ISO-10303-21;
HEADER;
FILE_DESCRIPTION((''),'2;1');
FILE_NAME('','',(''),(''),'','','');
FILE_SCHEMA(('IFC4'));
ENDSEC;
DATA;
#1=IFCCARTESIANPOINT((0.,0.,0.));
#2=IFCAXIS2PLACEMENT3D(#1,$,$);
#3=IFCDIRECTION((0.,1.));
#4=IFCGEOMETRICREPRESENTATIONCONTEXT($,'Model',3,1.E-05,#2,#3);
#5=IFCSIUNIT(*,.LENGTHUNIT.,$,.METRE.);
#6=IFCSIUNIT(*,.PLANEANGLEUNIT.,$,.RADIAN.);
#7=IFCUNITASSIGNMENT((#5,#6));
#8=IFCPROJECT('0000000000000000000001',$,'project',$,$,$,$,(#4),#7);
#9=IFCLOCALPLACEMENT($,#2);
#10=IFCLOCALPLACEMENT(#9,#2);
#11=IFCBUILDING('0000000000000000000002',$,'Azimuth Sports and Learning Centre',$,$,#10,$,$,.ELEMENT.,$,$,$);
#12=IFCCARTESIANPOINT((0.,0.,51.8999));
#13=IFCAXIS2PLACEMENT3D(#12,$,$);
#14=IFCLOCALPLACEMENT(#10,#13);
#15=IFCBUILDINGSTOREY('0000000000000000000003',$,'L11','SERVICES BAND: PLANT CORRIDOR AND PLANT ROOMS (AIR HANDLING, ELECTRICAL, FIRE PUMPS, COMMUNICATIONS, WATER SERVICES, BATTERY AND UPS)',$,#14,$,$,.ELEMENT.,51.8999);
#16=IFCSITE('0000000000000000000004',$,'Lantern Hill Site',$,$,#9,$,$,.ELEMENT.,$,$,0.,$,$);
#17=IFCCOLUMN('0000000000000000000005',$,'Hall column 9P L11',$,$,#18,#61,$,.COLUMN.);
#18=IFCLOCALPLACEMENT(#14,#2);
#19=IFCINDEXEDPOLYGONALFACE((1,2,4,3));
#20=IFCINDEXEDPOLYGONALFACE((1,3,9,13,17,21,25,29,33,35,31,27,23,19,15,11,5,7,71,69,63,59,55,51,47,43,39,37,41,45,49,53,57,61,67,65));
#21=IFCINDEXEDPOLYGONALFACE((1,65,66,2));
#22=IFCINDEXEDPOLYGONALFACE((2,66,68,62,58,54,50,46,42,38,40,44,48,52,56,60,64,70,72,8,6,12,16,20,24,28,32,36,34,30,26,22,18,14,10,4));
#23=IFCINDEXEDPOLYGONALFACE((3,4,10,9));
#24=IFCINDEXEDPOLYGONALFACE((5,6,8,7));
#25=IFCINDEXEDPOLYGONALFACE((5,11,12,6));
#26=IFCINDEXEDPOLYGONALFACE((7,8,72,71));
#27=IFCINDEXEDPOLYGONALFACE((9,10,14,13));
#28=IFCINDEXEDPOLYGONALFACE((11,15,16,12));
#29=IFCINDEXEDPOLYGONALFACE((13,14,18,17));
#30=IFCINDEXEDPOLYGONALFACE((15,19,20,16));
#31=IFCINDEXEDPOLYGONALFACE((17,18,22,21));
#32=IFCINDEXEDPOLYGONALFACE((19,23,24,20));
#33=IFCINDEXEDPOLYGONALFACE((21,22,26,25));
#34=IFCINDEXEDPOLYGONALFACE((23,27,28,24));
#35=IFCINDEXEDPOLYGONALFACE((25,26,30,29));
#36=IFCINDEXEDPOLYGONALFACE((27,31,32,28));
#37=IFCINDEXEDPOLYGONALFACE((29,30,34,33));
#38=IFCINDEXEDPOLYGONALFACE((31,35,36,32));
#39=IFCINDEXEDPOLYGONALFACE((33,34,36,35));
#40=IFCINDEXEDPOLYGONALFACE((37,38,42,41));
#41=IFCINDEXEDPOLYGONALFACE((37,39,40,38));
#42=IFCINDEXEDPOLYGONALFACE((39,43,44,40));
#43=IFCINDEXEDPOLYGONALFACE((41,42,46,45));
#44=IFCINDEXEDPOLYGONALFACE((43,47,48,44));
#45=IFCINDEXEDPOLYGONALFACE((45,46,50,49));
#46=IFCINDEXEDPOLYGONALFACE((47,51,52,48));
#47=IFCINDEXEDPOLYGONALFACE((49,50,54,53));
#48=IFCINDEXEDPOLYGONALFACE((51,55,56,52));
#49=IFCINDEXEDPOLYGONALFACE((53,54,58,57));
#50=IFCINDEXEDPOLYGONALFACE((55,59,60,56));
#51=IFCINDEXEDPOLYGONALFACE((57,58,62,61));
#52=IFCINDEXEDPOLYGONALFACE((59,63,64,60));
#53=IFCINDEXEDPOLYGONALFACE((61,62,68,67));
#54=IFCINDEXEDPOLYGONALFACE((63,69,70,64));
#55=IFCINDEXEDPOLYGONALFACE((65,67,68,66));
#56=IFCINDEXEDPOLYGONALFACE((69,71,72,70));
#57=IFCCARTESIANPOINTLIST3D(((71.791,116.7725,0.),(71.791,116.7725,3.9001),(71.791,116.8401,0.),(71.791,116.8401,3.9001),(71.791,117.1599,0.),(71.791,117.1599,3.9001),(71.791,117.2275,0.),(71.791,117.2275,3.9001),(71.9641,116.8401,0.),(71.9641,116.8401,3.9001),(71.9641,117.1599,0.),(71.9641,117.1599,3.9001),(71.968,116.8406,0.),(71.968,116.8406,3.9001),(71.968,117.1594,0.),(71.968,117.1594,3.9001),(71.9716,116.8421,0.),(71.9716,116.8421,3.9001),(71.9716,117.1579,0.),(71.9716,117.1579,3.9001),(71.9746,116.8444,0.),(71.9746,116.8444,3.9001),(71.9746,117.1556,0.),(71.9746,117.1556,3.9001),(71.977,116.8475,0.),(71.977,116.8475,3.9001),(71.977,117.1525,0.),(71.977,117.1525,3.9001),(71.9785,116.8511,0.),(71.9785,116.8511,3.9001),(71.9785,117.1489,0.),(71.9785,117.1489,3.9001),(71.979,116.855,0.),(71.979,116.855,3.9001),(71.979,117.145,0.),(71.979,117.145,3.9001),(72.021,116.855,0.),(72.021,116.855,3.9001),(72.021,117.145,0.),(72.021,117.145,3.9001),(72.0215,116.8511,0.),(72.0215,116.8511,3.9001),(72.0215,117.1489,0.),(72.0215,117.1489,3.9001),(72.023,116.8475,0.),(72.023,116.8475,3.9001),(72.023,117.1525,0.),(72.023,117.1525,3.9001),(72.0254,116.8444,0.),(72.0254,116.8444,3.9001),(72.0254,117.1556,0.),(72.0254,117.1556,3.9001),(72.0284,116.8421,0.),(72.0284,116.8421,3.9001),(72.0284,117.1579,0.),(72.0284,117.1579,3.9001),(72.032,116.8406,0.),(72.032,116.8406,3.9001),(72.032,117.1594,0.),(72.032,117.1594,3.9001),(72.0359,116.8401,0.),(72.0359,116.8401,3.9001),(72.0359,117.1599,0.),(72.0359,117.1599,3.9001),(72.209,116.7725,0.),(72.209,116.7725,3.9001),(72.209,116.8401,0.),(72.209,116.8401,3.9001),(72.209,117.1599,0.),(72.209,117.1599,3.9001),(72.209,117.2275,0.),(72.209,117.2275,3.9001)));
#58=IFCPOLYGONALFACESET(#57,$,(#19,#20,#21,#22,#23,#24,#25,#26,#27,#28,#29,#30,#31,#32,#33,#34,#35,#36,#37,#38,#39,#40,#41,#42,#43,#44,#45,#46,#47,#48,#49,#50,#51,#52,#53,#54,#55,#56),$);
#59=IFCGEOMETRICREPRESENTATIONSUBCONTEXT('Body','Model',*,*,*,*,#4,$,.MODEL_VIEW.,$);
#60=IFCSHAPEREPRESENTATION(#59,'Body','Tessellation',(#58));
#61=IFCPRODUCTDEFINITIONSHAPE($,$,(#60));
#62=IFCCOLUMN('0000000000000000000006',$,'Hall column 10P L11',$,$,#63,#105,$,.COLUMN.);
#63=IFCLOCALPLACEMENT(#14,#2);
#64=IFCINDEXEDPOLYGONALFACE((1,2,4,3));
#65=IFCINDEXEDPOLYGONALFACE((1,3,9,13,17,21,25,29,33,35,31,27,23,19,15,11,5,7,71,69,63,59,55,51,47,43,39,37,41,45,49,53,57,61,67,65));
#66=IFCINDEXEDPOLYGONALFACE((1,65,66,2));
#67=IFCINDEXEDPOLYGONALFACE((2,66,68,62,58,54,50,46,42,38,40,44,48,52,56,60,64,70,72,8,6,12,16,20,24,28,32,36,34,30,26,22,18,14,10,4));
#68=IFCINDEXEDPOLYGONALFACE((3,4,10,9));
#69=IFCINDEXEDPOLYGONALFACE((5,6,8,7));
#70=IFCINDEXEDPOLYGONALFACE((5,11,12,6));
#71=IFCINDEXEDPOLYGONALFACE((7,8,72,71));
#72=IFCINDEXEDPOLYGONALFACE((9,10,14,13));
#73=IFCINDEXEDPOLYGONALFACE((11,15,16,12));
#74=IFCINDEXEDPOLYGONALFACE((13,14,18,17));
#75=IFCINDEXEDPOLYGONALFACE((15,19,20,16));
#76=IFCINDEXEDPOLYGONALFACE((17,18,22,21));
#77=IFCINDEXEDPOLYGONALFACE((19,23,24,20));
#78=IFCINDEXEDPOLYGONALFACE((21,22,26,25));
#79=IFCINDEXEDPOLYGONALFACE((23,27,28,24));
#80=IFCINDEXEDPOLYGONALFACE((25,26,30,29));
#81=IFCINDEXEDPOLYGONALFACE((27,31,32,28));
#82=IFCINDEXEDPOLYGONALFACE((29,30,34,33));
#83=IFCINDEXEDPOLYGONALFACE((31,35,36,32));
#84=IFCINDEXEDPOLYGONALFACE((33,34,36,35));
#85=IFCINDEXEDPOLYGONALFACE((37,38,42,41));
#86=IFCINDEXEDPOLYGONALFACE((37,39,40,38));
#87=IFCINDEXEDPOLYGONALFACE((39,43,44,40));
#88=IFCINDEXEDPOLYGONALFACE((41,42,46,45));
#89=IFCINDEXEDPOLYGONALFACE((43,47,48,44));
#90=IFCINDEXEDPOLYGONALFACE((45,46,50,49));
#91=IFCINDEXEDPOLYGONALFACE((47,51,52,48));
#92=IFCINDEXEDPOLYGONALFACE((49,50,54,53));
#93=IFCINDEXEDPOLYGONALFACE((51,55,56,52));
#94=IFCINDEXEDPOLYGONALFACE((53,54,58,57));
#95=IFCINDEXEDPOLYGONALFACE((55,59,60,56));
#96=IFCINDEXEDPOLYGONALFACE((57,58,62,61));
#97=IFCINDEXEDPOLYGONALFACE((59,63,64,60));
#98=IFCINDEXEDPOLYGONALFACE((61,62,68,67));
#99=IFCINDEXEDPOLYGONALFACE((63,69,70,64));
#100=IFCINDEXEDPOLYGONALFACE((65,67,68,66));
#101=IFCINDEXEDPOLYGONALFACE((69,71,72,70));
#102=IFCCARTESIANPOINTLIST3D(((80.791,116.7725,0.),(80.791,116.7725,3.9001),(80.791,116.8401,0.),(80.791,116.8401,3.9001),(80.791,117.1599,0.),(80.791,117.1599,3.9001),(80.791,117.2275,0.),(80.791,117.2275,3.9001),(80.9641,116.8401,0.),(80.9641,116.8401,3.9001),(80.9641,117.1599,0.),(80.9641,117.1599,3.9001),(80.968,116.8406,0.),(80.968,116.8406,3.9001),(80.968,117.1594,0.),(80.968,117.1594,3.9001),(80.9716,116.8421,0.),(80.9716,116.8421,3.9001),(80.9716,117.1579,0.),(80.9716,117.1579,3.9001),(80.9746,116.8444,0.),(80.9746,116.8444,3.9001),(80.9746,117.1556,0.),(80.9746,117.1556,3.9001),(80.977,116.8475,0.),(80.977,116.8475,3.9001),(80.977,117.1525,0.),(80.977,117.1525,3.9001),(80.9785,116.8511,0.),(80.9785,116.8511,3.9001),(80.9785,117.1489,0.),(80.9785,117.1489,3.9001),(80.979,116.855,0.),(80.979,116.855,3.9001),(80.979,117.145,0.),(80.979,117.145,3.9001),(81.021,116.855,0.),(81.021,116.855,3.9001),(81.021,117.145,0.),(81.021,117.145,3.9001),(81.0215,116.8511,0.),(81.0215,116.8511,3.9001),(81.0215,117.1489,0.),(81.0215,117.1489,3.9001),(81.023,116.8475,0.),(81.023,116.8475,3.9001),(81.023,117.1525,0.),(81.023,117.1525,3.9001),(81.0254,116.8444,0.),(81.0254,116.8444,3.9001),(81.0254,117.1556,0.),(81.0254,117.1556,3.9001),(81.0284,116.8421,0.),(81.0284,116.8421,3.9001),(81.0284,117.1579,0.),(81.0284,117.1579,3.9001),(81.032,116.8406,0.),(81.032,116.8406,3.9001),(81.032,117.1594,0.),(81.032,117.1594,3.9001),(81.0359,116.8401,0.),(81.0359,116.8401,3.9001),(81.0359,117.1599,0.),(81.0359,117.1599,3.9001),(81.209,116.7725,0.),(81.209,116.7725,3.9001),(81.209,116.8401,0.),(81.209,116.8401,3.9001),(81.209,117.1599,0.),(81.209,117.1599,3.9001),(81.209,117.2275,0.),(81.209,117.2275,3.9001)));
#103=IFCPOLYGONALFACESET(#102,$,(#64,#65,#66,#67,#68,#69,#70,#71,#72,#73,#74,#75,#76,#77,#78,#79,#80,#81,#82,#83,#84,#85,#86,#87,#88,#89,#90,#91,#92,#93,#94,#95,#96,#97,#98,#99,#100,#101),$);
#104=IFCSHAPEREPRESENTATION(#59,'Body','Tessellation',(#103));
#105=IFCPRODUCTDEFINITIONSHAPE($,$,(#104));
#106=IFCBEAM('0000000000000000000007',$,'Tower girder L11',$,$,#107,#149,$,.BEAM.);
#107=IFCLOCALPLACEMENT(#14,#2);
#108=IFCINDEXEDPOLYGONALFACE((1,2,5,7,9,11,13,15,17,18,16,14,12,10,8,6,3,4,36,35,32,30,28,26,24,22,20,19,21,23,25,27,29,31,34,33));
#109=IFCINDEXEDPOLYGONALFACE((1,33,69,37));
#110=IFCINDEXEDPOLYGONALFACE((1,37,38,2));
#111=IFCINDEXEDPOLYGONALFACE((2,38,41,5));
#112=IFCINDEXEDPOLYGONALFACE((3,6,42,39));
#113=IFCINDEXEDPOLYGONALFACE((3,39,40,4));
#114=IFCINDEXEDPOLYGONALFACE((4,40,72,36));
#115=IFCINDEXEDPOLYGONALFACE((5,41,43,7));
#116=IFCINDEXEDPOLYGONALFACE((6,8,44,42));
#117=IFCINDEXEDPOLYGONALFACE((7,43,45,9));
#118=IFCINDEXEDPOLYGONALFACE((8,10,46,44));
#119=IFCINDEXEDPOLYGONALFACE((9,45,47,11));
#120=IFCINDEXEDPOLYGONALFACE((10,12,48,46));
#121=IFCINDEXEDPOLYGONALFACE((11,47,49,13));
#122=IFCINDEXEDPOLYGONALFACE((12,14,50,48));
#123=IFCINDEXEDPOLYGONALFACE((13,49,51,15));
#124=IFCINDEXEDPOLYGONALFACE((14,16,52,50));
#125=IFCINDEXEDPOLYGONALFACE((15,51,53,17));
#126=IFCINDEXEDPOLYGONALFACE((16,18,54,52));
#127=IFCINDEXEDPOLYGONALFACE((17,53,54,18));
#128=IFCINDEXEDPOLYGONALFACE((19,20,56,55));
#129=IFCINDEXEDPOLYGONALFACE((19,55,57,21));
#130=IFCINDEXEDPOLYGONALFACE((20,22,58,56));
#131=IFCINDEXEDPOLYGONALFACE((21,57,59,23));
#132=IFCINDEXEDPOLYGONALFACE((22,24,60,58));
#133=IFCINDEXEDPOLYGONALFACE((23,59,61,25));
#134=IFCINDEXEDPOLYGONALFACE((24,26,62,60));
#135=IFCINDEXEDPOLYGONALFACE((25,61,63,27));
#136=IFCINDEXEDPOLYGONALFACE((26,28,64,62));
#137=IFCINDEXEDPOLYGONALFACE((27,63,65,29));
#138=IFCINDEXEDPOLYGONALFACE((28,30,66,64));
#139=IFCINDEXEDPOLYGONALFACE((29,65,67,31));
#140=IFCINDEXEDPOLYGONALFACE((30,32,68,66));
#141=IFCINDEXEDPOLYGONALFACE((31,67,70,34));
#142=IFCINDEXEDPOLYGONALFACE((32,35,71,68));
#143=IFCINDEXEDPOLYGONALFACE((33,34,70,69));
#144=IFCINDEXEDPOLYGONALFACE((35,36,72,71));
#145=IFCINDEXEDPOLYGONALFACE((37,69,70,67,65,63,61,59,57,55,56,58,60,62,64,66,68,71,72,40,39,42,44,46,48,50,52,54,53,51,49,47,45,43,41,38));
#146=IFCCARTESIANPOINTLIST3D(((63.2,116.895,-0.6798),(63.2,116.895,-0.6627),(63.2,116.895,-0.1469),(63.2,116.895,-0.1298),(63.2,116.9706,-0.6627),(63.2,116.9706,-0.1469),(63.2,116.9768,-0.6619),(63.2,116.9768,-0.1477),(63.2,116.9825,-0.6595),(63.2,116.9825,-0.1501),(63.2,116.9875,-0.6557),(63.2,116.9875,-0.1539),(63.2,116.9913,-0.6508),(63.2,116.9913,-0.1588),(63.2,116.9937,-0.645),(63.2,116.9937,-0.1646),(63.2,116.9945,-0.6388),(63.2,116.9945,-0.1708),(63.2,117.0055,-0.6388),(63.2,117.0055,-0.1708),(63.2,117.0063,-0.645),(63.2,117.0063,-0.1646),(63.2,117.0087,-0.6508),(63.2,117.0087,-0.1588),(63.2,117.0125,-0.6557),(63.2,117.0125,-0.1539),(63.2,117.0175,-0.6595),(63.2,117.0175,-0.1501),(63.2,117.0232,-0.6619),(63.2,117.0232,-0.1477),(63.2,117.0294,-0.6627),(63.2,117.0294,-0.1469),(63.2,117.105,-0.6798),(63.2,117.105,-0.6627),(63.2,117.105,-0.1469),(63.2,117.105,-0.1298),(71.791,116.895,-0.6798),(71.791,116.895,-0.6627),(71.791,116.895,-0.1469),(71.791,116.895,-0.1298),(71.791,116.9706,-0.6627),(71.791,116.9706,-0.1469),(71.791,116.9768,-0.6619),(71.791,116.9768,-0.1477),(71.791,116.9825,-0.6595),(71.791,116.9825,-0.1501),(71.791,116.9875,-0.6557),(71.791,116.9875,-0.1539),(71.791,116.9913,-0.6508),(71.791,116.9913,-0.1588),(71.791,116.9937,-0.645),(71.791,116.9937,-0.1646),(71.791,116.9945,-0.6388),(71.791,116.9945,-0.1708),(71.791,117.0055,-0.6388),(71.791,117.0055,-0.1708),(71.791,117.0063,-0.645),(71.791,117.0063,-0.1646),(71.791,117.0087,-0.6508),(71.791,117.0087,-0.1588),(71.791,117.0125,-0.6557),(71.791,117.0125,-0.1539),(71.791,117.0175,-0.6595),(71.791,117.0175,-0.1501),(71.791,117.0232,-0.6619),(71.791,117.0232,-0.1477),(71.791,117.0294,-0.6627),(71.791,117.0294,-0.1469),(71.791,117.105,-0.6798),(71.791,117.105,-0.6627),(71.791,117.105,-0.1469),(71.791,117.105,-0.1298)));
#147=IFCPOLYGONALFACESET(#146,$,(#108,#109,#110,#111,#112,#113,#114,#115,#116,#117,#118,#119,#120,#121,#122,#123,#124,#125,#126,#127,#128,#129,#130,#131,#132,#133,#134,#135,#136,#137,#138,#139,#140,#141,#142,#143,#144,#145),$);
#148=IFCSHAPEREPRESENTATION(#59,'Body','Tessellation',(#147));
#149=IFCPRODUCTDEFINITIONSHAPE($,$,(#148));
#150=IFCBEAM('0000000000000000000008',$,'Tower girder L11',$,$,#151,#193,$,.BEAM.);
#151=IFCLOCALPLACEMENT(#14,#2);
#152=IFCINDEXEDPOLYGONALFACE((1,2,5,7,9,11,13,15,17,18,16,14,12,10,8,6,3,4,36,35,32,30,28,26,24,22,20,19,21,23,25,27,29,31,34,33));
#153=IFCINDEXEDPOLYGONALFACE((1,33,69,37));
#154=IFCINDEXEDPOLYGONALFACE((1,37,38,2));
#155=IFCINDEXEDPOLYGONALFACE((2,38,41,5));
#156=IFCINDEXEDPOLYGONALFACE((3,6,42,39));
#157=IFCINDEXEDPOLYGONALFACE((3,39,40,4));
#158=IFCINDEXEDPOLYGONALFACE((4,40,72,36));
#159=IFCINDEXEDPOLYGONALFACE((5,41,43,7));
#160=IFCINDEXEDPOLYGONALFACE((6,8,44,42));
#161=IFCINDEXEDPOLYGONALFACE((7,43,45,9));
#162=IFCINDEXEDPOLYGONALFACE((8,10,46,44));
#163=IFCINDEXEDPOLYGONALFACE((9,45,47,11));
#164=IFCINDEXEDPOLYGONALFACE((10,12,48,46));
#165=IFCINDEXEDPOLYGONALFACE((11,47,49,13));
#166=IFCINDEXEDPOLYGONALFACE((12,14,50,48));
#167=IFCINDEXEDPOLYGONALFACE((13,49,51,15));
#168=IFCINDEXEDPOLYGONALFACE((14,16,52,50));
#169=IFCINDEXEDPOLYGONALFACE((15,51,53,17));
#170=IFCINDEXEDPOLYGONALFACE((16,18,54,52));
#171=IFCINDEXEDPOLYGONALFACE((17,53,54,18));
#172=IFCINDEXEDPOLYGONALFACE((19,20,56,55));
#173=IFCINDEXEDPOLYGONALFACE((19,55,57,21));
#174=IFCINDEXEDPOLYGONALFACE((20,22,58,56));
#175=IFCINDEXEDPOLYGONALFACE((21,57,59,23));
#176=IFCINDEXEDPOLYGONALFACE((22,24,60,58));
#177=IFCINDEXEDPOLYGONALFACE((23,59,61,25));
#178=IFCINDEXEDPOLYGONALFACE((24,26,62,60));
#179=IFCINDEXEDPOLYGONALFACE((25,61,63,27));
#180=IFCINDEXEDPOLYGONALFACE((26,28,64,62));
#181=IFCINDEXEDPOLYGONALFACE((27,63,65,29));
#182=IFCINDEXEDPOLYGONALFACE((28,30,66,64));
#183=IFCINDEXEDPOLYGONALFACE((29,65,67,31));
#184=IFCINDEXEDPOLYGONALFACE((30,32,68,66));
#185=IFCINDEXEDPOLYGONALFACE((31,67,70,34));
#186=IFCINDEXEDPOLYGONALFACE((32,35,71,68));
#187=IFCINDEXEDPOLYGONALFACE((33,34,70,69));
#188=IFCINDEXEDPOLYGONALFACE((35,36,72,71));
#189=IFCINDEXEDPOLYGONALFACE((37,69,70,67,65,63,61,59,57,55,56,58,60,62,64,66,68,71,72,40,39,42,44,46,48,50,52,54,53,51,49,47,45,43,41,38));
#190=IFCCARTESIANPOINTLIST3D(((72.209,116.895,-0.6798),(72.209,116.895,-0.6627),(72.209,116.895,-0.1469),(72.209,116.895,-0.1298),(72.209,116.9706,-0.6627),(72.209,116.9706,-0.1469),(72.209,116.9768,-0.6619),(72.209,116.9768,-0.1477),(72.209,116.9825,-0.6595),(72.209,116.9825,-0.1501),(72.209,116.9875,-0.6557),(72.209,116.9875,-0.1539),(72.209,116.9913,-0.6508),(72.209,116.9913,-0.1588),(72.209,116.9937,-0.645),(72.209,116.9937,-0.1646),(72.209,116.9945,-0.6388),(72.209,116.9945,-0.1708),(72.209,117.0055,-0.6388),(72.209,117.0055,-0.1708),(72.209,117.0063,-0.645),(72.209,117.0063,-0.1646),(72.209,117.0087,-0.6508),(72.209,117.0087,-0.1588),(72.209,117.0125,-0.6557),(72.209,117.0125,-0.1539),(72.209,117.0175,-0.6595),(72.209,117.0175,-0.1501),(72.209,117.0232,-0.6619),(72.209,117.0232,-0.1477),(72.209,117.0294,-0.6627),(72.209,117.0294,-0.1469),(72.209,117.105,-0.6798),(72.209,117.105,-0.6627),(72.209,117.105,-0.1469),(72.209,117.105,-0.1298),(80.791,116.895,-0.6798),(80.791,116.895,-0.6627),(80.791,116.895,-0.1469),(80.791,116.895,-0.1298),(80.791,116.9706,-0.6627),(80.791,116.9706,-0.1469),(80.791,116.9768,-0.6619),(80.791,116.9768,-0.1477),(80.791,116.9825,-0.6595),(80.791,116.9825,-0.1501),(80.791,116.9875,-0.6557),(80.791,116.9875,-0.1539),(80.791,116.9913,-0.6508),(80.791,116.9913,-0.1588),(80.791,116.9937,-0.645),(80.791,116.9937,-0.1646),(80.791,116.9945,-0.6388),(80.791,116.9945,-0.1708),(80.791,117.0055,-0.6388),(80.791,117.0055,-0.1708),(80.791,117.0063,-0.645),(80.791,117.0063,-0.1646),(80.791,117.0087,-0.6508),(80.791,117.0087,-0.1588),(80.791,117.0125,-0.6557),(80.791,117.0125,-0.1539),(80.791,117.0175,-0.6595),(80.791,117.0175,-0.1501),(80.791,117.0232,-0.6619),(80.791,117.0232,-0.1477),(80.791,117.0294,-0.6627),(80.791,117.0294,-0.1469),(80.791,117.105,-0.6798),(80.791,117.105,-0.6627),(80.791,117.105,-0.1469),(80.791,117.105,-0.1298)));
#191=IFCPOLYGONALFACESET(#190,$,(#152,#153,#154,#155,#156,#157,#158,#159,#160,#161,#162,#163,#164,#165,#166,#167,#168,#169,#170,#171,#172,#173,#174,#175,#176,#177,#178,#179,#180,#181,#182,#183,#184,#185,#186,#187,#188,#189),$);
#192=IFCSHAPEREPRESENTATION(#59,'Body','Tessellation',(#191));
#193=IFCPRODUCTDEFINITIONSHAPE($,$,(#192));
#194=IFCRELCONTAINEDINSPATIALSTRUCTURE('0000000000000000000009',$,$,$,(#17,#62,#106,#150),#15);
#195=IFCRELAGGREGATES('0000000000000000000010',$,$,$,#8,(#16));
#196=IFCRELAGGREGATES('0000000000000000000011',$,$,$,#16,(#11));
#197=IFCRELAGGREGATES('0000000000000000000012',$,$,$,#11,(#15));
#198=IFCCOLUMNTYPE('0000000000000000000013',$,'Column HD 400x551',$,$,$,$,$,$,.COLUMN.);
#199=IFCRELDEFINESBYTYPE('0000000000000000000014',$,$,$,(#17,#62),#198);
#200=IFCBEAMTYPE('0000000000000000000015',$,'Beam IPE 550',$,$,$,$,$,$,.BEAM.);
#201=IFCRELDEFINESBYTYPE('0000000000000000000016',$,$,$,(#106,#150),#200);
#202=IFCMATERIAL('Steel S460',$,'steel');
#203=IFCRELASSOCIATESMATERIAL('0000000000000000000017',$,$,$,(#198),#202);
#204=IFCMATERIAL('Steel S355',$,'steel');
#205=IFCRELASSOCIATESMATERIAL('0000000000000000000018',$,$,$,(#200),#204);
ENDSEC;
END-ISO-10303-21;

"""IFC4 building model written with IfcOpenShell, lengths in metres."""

from ifc_helpers import new_model, si_unit, direction, frame, origin, origin_2d, place, context, subcontext, project, spatial, i_section, extrude, material, material_profile, profile_set, type_object, element, save


model = new_model("IFC4")

# Units and contexts
model_context = context("Model", 3, precision=1e-05, world=origin(), true_north=direction((0.0, 1.0)))
body_context = subcontext(model_context, "Body", "Model", "MODEL_VIEW")
ifc_project = project(units=[si_unit("LENGTHUNIT", "METRE"), si_unit("PLANEANGLEUNIT", "RADIAN")], contexts=[model_context])

# Site, building, storey
site_placement = place(None, origin())
site = spatial("IfcSite", under=ifc_project, at=site_placement, Name="Lantern Hill Site", CompositionType="ELEMENT", RefElevation=0.0)
building_placement = place(site_placement, origin())
building = spatial("IfcBuilding", under=site, at=building_placement, Name="Azimuth Sports and Learning Centre", CompositionType="ELEMENT")
storey_placement = place(building_placement, frame((0.0, 0.0, 51.8999)))
storey = spatial("IfcBuildingStorey", under=building, at=storey_placement, Name="L11", Description="SERVICES BAND: PLANT CORRIDOR AND PLANT ROOMS (AIR HANDLING, ELECTRICAL, FIRE PUMPS, COMMUNICATIONS, WATER SERVICES, BATTERY AND UPS)", CompositionType="ELEMENT", Elevation=51.8999)

# Columns
ifc_material_1 = material(Name="Steel S460", Category="steel")
ifc_material_profile_1 = material_profile(ifc_material_1, i_section(OverallWidth=0.418, OverallDepth=0.4551, WebThickness=0.042, FlangeThickness=0.0676, FilletRadius=0.0149, at=origin_2d()), Name="HD 400x551")
ifc_profile_set_1 = profile_set([ifc_material_profile_1], Name="Steel S460")
column_type = type_object("IfcColumnType", Name="Column HD 400x551", PredefinedType="COLUMN", material=ifc_profile_set_1)
for number, where, z_axis, x_axis, name in (
    (1, (72.0, 117.0, 0.0), (0.0, 0.0, 1.0), (1.0, 0.0, 0.0), "Hall column 9P L11"),
    (2, (81.0, 117.0, 0.0), (0.0, 0.0, 1.0), (1.0, 0.0, 0.0), "Hall column 10P L11"),
):
    element("IfcColumn", number, at=place(storey_placement, frame(where, z_axis=z_axis, x_axis=x_axis)), inside=storey, type_object=column_type, Name=name, PredefinedType="COLUMN", context=body_context, shape_type="SweptSolid", body=[
        extrude(i_section(OverallWidth=0.418, OverallDepth=0.4551, WebThickness=0.042, FlangeThickness=0.0676, FilletRadius=0.0149, at=origin_2d()), origin(), (0.0, 0.0, 1.0), 3.9001),
    ])

# Beams
ifc_material_2 = material(Name="Steel S355", Category="steel")
ifc_material_profile_2 = material_profile(ifc_material_2, i_section(OverallWidth=0.21, OverallDepth=0.55, WebThickness=0.011, FlangeThickness=0.0171, FilletRadius=0.0239, at=origin_2d()), Name="IPE 550")
ifc_profile_set_2 = profile_set([ifc_material_profile_2], Name="Steel S355")
beam_type_1 = type_object("IfcBeamType", Name="Beam IPE 550", PredefinedType="BEAM", material=ifc_profile_set_2)
beam_1_placement = place(storey_placement, frame((63.2, 117.0, -0.4048), z_axis=(1.0, 0.0, 0.0), x_axis=(0.0, 1.0, 0.0)))
element("IfcBeam", 3, at=beam_1_placement, inside=storey, type_object=beam_type_1, Name="Tower girder L11", PredefinedType="BEAM", context=body_context, shape_type="SweptSolid", body=[
    extrude(i_section(OverallWidth=0.21, OverallDepth=0.55, WebThickness=0.011, FlangeThickness=0.0171, FilletRadius=0.0239, at=origin_2d()), origin(), (0.0, 0.0, 1.0), 8.5911),
])
for number, where, z_axis, x_axis, name in (
    (4, (72.209, 117.0, -0.4048), (1.0, 0.0, 0.0), (0.0, 1.0, 0.0), "Tower girder L11"),
):
    element("IfcBeam", number, at=place(storey_placement, frame(where, z_axis=z_axis, x_axis=x_axis)), inside=storey, type_object=beam_type_1, Name=name, PredefinedType="BEAM", context=body_context, shape_type="SweptSolid", body=[
        extrude(i_section(OverallWidth=0.21, OverallDepth=0.55, WebThickness=0.011, FlangeThickness=0.0171, FilletRadius=0.0239, at=origin_2d()), origin(), (0.0, 0.0, 1.0), 8.582),
    ])

save(model, "model.ifc")
